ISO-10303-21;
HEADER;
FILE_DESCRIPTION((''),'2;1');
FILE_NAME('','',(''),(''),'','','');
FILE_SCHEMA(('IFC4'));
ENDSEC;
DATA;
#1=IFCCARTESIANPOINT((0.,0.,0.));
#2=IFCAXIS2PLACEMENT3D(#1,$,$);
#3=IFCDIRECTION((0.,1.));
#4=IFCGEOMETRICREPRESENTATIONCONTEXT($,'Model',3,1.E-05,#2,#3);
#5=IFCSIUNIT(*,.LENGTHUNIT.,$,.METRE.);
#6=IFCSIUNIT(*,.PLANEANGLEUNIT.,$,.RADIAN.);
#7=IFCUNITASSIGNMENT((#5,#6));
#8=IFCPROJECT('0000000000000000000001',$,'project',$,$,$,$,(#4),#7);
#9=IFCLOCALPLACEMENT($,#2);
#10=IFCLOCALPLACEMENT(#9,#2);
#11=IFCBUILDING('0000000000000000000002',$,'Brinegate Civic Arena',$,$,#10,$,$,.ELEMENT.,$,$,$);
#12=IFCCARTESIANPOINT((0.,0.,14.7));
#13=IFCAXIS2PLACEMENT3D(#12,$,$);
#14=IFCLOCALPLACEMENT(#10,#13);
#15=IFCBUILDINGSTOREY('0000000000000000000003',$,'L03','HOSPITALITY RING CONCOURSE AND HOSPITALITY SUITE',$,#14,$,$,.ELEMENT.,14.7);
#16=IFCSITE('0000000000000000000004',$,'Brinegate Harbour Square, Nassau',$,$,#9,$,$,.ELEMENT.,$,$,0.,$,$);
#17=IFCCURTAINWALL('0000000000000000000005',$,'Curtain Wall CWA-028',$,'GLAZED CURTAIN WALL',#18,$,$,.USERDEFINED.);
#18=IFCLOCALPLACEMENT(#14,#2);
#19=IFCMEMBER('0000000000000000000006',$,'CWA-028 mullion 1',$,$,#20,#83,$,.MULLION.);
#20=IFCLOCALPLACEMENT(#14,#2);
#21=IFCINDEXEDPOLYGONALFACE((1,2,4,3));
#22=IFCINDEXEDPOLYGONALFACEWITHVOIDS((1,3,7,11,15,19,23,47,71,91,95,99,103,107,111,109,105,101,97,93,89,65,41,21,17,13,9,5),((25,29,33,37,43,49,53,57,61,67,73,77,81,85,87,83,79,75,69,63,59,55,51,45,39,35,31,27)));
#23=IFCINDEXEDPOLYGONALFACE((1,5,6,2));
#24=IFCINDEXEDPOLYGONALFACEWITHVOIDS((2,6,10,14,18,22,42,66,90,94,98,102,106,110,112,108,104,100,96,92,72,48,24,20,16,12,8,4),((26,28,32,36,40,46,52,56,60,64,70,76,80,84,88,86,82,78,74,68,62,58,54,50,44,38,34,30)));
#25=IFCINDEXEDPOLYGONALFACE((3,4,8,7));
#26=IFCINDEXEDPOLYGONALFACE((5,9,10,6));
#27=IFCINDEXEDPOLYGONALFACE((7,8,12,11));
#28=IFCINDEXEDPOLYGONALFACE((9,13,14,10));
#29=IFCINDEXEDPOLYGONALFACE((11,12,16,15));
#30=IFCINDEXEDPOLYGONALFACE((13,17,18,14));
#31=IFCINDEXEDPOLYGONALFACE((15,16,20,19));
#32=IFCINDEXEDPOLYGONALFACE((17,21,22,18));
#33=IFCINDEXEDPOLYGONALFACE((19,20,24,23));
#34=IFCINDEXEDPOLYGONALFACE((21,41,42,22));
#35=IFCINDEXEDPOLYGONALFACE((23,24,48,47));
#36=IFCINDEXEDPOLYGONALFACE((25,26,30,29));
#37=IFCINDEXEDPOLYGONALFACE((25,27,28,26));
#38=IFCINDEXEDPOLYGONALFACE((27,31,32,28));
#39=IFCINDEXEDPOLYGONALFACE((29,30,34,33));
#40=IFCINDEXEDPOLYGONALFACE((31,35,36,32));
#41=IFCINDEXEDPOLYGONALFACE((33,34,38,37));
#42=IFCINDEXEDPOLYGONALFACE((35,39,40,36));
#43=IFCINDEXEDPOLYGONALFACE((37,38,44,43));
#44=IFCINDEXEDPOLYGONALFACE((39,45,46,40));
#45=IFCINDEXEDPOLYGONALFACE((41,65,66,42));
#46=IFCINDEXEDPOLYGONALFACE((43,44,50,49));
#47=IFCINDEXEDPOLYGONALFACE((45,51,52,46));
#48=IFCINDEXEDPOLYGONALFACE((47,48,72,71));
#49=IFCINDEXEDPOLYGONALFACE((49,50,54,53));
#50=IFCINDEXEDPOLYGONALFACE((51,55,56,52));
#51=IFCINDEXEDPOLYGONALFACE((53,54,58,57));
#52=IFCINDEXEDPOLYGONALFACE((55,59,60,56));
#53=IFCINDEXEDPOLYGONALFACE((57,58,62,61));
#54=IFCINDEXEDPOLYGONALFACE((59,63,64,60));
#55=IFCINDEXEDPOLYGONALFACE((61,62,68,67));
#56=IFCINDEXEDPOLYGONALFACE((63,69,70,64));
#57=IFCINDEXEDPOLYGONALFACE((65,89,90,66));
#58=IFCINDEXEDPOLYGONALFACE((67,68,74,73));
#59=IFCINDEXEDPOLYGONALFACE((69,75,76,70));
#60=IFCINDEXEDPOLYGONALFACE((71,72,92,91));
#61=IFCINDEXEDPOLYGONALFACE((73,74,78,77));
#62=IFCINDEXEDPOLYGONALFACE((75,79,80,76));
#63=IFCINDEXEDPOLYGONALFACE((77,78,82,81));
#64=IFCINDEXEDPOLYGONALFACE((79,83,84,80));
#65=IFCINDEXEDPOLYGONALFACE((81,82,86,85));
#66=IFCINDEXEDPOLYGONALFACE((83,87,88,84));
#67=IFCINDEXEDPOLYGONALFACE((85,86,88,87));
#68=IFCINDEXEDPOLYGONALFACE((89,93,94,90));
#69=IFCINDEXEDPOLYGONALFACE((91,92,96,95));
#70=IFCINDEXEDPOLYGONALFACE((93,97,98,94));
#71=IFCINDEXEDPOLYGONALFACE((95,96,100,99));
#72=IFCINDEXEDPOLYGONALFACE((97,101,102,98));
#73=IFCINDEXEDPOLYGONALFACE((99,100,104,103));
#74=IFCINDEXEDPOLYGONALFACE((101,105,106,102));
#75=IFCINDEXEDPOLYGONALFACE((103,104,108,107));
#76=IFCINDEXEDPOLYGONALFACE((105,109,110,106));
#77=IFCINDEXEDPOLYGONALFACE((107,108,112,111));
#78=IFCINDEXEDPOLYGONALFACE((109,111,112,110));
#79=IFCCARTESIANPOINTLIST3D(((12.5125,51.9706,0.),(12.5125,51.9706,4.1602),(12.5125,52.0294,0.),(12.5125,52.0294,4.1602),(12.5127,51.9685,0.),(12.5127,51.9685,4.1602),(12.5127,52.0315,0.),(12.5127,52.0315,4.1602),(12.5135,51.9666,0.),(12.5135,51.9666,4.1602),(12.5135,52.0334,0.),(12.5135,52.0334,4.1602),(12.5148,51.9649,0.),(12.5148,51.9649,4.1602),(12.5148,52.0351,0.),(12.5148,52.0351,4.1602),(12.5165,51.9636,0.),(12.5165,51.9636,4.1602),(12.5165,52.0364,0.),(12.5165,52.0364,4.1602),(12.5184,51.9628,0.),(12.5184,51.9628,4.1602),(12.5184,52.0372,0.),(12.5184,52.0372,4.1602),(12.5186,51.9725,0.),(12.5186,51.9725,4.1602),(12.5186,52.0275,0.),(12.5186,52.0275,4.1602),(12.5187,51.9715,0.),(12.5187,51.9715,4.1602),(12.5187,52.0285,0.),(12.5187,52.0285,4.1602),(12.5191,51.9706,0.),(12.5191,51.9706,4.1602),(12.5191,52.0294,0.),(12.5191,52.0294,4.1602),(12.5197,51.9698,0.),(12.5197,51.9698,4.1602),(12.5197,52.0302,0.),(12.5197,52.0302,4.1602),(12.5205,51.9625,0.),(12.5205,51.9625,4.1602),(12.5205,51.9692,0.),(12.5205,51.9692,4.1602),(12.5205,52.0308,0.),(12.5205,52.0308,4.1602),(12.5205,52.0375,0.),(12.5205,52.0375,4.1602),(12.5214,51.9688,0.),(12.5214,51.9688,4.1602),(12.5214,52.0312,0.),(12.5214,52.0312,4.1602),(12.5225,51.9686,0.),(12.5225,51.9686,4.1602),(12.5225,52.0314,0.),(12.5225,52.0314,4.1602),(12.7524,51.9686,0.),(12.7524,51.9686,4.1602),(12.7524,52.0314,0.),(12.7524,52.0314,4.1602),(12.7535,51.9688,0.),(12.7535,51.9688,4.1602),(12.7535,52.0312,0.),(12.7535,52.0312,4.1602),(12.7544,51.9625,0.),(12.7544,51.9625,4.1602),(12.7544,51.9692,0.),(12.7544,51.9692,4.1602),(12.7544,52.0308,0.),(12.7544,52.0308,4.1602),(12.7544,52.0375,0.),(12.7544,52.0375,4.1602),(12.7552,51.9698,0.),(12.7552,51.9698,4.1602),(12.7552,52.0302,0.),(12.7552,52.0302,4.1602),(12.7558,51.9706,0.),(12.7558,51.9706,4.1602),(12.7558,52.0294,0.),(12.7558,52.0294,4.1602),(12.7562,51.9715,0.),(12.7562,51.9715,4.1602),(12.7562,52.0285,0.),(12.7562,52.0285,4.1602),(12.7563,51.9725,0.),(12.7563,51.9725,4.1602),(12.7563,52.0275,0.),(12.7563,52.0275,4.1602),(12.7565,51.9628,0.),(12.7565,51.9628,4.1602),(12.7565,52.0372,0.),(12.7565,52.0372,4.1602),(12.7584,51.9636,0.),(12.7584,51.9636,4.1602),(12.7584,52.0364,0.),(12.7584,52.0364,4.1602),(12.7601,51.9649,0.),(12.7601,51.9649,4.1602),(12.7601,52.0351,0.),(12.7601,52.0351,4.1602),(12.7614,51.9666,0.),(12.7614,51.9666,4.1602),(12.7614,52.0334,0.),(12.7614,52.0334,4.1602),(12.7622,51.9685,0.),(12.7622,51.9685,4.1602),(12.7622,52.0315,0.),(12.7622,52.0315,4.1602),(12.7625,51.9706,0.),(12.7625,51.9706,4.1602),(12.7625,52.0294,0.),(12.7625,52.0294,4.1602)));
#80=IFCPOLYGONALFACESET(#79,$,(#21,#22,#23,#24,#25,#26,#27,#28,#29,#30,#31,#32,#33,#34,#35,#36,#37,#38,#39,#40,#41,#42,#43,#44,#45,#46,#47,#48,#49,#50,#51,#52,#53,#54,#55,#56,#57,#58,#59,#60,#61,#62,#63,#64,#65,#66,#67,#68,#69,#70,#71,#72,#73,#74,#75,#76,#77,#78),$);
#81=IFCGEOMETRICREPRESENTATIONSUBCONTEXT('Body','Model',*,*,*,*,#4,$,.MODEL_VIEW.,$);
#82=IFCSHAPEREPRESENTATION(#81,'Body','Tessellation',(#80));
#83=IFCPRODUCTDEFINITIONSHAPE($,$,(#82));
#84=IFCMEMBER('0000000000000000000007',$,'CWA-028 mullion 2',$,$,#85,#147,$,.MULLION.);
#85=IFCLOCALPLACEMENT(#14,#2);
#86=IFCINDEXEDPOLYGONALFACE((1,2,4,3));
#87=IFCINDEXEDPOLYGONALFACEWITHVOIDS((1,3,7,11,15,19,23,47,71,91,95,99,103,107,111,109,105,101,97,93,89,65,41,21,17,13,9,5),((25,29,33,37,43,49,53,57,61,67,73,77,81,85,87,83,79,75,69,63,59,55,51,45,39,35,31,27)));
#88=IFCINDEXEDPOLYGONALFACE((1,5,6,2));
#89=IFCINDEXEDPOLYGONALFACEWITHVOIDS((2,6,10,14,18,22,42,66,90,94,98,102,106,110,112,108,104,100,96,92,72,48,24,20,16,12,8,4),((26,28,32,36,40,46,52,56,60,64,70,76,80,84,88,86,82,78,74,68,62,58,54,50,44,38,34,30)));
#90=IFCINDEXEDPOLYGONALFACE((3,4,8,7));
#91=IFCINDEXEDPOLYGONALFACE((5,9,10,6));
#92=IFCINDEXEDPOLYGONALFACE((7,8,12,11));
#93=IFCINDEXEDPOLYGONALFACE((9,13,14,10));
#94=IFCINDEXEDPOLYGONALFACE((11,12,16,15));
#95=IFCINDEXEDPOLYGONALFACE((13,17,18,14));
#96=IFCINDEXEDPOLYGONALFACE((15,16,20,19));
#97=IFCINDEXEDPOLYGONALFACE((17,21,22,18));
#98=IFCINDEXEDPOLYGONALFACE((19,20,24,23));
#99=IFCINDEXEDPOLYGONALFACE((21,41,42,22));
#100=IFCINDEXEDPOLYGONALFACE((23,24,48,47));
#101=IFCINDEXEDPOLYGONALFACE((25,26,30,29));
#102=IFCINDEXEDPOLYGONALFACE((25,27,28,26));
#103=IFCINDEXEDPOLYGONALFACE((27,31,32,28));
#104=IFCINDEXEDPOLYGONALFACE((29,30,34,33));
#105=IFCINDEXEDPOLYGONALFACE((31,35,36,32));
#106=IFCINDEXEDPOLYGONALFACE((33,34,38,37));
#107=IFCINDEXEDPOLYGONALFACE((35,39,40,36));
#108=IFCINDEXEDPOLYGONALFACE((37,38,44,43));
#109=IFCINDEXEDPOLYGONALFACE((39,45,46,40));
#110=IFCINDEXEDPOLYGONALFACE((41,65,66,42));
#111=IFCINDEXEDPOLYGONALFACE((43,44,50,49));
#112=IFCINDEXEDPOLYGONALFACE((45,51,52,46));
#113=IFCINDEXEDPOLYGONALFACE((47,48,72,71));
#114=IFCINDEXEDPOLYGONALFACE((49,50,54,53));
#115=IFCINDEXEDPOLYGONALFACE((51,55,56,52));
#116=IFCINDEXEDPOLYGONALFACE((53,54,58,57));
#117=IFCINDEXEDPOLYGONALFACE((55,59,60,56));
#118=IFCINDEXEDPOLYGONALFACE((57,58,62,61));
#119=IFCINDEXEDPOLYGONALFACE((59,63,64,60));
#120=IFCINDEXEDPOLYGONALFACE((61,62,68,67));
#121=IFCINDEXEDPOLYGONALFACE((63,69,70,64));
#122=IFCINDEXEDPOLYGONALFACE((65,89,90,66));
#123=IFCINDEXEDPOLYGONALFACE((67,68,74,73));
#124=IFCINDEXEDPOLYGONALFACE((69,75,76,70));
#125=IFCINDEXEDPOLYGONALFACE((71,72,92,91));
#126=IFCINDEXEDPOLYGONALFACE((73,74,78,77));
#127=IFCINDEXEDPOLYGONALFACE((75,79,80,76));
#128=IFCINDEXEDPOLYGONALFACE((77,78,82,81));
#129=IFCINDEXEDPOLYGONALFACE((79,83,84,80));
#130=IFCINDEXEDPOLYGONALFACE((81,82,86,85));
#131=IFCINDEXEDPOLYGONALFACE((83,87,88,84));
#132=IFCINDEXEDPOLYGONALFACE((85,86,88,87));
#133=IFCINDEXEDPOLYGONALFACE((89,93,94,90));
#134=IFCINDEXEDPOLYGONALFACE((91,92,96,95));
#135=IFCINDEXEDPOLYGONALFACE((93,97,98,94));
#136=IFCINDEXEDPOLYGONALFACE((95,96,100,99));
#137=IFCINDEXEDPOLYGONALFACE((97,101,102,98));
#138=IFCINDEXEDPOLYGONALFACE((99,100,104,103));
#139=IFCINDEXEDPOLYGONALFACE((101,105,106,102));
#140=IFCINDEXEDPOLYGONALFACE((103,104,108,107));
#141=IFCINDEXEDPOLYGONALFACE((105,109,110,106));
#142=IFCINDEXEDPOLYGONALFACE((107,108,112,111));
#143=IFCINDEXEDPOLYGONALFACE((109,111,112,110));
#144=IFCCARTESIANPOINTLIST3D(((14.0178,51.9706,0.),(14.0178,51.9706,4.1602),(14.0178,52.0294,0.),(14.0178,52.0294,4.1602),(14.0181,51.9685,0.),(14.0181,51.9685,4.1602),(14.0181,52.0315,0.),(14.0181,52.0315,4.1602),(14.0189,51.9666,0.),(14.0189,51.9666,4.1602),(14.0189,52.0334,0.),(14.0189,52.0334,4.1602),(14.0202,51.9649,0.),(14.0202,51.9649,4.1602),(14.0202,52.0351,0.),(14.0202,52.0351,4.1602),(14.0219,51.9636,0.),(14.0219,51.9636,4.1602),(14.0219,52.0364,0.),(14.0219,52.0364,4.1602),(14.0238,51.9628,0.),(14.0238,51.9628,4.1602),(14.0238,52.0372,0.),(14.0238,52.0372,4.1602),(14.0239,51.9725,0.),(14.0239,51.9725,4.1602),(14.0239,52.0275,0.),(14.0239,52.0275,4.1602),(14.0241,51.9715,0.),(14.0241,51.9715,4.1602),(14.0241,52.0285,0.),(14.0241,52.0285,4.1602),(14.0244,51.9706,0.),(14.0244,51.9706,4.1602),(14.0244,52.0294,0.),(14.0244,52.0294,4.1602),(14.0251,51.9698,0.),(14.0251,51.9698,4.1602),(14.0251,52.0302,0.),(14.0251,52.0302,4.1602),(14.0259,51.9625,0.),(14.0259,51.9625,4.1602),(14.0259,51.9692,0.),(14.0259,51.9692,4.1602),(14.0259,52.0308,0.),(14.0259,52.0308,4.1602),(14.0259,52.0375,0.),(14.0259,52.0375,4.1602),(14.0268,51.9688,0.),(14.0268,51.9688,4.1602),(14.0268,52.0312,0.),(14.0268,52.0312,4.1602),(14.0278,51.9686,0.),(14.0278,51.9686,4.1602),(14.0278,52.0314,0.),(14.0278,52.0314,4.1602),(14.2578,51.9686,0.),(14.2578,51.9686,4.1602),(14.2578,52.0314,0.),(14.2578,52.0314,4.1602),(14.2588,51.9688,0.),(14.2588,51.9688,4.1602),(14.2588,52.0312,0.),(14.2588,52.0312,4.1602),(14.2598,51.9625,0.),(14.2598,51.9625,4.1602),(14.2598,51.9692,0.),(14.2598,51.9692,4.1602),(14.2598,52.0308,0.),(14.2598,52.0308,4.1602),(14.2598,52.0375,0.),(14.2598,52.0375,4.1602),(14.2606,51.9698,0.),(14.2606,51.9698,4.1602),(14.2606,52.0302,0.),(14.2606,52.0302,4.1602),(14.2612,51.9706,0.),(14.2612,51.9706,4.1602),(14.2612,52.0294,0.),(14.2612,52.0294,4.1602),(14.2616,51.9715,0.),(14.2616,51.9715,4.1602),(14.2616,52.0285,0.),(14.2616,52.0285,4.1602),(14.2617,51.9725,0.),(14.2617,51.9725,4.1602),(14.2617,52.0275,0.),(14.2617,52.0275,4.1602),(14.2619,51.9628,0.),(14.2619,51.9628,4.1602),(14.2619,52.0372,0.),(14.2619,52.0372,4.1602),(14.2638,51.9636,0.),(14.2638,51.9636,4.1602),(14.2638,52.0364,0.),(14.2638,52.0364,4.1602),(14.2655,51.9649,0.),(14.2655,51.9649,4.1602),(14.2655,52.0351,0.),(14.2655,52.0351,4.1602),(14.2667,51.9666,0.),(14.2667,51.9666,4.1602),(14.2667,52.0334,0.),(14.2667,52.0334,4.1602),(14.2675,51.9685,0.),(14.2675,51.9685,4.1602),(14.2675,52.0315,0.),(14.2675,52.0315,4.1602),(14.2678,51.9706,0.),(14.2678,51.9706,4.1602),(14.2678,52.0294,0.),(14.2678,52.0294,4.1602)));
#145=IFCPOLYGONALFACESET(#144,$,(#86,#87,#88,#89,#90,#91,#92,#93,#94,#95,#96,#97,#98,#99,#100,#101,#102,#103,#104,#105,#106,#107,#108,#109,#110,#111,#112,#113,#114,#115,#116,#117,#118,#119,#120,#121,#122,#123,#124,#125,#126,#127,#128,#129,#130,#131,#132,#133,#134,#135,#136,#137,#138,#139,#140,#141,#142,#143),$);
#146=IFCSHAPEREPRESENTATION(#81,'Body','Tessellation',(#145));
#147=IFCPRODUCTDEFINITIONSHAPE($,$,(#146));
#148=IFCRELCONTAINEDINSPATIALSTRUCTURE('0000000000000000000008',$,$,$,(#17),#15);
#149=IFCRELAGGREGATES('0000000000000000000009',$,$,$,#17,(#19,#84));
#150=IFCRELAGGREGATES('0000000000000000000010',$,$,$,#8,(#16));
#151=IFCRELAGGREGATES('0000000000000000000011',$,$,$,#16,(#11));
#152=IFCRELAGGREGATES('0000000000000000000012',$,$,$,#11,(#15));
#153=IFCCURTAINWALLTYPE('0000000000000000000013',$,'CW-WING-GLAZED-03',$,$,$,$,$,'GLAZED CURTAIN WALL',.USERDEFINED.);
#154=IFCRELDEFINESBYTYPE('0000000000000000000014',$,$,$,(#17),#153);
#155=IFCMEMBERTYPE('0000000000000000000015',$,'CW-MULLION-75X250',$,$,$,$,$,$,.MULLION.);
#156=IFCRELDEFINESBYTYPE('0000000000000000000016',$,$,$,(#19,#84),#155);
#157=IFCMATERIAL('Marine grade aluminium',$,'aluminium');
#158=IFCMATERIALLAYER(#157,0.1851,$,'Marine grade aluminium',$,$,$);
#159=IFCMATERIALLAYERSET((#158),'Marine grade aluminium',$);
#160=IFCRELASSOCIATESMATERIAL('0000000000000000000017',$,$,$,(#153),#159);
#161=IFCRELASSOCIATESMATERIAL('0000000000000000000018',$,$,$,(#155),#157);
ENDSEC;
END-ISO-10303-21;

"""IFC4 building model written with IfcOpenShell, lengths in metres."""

from ifc_helpers import new_model, si_unit, direction, frame, origin, origin_2d, place, context, subcontext, project, spatial, hollow_rectangle, extrude, material, layer, layer_set, material_profile, profile_set, type_object, element, aggregate, save


model = new_model("IFC4")

# Units and contexts
model_context = context("Model", 3, precision=1e-05, world=origin(), true_north=direction((0.0, 1.0)))
body_context = subcontext(model_context, "Body", "Model", "MODEL_VIEW")
ifc_project = project(units=[si_unit("LENGTHUNIT", "METRE"), si_unit("PLANEANGLEUNIT", "RADIAN")], contexts=[model_context])

# Site, building, storey
site_placement = place(None, origin())
site = spatial("IfcSite", under=ifc_project, at=site_placement, Name="Brinegate Harbour Square, Nassau", CompositionType="ELEMENT", RefElevation=0.0)
building_placement = place(site_placement, origin())
building = spatial("IfcBuilding", under=site, at=building_placement, Name="Brinegate Civic Arena", CompositionType="ELEMENT")
storey_placement = place(building_placement, frame((0.0, 0.0, 14.7)))
storey = spatial("IfcBuildingStorey", under=building, at=storey_placement, Name="L03", Description="HOSPITALITY RING CONCOURSE AND HOSPITALITY SUITE", CompositionType="ELEMENT", Elevation=14.7)

# Curtain wall, members
ifc_material_1 = material(Name="Marine grade aluminium", Category="aluminium")
ifc_layer_1 = layer(ifc_material_1, 0.1851, Name="Marine grade aluminium")
ifc_layer_set_1 = layer_set([ifc_layer_1], Name="Marine grade aluminium")
curtain_wall_type = type_object("IfcCurtainWallType", Name="CW-WING-GLAZED-03", ElementType="GLAZED CURTAIN WALL", PredefinedType="USERDEFINED", material=ifc_layer_set_1)
curtain_wall_placement = place(storey_placement, origin())
curtain_wall = element("IfcCurtainWall", 1, at=curtain_wall_placement, inside=storey, type_object=curtain_wall_type, Name="Curtain Wall CWA-028", ObjectType="GLAZED CURTAIN WALL", PredefinedType="USERDEFINED")
ifc_material_profile_1 = material_profile(ifc_material_1, hollow_rectangle(XDim=0.075, YDim=0.25, WallThickness=0.0061, InnerFilletRadius=0.0039, OuterFilletRadius=0.0081, at=origin_2d()), Name="MUL75X250")
ifc_profile_set_1 = profile_set([ifc_material_profile_1], Name="Marine grade aluminium")
member_type_1 = type_object("IfcMemberType", Name="CW-MULLION-75X250", PredefinedType="MULLION", material=ifc_profile_set_1)
member_1_placement = place(storey_placement, frame((12.6375, 52.0, 0.0), z_axis=(0.0, 0.0, 1.0), x_axis=(0.0, 1.0, 0.0)))
member_1 = element("IfcMember", 2, at=member_1_placement, type_object=member_type_1, Name="CWA-028 mullion 1", PredefinedType="MULLION", context=body_context, shape_type="SweptSolid", body=[
    extrude(hollow_rectangle(XDim=0.075, YDim=0.25, WallThickness=0.0061, InnerFilletRadius=0.0039, OuterFilletRadius=0.0081, at=origin_2d()), origin(), (0.0, 0.0, 1.0), 4.1602),
])
member_2_placement = place(storey_placement, frame((14.1428, 52.0, 0.0), z_axis=(0.0, 0.0, 1.0), x_axis=(0.0, 1.0, 0.0)))
member_2 = element("IfcMember", 3, at=member_2_placement, type_object=member_type_1, Name="CWA-028 mullion 2", PredefinedType="MULLION", context=body_context, shape_type="SweptSolid", body=[
    extrude(hollow_rectangle(XDim=0.075, YDim=0.25, WallThickness=0.0061, InnerFilletRadius=0.0039, OuterFilletRadius=0.0081, at=origin_2d()), origin(), (0.0, 0.0, 1.0), 4.1602),
])

aggregate(curtain_wall, [member_1, member_2])

save(model, "model.ifc")
